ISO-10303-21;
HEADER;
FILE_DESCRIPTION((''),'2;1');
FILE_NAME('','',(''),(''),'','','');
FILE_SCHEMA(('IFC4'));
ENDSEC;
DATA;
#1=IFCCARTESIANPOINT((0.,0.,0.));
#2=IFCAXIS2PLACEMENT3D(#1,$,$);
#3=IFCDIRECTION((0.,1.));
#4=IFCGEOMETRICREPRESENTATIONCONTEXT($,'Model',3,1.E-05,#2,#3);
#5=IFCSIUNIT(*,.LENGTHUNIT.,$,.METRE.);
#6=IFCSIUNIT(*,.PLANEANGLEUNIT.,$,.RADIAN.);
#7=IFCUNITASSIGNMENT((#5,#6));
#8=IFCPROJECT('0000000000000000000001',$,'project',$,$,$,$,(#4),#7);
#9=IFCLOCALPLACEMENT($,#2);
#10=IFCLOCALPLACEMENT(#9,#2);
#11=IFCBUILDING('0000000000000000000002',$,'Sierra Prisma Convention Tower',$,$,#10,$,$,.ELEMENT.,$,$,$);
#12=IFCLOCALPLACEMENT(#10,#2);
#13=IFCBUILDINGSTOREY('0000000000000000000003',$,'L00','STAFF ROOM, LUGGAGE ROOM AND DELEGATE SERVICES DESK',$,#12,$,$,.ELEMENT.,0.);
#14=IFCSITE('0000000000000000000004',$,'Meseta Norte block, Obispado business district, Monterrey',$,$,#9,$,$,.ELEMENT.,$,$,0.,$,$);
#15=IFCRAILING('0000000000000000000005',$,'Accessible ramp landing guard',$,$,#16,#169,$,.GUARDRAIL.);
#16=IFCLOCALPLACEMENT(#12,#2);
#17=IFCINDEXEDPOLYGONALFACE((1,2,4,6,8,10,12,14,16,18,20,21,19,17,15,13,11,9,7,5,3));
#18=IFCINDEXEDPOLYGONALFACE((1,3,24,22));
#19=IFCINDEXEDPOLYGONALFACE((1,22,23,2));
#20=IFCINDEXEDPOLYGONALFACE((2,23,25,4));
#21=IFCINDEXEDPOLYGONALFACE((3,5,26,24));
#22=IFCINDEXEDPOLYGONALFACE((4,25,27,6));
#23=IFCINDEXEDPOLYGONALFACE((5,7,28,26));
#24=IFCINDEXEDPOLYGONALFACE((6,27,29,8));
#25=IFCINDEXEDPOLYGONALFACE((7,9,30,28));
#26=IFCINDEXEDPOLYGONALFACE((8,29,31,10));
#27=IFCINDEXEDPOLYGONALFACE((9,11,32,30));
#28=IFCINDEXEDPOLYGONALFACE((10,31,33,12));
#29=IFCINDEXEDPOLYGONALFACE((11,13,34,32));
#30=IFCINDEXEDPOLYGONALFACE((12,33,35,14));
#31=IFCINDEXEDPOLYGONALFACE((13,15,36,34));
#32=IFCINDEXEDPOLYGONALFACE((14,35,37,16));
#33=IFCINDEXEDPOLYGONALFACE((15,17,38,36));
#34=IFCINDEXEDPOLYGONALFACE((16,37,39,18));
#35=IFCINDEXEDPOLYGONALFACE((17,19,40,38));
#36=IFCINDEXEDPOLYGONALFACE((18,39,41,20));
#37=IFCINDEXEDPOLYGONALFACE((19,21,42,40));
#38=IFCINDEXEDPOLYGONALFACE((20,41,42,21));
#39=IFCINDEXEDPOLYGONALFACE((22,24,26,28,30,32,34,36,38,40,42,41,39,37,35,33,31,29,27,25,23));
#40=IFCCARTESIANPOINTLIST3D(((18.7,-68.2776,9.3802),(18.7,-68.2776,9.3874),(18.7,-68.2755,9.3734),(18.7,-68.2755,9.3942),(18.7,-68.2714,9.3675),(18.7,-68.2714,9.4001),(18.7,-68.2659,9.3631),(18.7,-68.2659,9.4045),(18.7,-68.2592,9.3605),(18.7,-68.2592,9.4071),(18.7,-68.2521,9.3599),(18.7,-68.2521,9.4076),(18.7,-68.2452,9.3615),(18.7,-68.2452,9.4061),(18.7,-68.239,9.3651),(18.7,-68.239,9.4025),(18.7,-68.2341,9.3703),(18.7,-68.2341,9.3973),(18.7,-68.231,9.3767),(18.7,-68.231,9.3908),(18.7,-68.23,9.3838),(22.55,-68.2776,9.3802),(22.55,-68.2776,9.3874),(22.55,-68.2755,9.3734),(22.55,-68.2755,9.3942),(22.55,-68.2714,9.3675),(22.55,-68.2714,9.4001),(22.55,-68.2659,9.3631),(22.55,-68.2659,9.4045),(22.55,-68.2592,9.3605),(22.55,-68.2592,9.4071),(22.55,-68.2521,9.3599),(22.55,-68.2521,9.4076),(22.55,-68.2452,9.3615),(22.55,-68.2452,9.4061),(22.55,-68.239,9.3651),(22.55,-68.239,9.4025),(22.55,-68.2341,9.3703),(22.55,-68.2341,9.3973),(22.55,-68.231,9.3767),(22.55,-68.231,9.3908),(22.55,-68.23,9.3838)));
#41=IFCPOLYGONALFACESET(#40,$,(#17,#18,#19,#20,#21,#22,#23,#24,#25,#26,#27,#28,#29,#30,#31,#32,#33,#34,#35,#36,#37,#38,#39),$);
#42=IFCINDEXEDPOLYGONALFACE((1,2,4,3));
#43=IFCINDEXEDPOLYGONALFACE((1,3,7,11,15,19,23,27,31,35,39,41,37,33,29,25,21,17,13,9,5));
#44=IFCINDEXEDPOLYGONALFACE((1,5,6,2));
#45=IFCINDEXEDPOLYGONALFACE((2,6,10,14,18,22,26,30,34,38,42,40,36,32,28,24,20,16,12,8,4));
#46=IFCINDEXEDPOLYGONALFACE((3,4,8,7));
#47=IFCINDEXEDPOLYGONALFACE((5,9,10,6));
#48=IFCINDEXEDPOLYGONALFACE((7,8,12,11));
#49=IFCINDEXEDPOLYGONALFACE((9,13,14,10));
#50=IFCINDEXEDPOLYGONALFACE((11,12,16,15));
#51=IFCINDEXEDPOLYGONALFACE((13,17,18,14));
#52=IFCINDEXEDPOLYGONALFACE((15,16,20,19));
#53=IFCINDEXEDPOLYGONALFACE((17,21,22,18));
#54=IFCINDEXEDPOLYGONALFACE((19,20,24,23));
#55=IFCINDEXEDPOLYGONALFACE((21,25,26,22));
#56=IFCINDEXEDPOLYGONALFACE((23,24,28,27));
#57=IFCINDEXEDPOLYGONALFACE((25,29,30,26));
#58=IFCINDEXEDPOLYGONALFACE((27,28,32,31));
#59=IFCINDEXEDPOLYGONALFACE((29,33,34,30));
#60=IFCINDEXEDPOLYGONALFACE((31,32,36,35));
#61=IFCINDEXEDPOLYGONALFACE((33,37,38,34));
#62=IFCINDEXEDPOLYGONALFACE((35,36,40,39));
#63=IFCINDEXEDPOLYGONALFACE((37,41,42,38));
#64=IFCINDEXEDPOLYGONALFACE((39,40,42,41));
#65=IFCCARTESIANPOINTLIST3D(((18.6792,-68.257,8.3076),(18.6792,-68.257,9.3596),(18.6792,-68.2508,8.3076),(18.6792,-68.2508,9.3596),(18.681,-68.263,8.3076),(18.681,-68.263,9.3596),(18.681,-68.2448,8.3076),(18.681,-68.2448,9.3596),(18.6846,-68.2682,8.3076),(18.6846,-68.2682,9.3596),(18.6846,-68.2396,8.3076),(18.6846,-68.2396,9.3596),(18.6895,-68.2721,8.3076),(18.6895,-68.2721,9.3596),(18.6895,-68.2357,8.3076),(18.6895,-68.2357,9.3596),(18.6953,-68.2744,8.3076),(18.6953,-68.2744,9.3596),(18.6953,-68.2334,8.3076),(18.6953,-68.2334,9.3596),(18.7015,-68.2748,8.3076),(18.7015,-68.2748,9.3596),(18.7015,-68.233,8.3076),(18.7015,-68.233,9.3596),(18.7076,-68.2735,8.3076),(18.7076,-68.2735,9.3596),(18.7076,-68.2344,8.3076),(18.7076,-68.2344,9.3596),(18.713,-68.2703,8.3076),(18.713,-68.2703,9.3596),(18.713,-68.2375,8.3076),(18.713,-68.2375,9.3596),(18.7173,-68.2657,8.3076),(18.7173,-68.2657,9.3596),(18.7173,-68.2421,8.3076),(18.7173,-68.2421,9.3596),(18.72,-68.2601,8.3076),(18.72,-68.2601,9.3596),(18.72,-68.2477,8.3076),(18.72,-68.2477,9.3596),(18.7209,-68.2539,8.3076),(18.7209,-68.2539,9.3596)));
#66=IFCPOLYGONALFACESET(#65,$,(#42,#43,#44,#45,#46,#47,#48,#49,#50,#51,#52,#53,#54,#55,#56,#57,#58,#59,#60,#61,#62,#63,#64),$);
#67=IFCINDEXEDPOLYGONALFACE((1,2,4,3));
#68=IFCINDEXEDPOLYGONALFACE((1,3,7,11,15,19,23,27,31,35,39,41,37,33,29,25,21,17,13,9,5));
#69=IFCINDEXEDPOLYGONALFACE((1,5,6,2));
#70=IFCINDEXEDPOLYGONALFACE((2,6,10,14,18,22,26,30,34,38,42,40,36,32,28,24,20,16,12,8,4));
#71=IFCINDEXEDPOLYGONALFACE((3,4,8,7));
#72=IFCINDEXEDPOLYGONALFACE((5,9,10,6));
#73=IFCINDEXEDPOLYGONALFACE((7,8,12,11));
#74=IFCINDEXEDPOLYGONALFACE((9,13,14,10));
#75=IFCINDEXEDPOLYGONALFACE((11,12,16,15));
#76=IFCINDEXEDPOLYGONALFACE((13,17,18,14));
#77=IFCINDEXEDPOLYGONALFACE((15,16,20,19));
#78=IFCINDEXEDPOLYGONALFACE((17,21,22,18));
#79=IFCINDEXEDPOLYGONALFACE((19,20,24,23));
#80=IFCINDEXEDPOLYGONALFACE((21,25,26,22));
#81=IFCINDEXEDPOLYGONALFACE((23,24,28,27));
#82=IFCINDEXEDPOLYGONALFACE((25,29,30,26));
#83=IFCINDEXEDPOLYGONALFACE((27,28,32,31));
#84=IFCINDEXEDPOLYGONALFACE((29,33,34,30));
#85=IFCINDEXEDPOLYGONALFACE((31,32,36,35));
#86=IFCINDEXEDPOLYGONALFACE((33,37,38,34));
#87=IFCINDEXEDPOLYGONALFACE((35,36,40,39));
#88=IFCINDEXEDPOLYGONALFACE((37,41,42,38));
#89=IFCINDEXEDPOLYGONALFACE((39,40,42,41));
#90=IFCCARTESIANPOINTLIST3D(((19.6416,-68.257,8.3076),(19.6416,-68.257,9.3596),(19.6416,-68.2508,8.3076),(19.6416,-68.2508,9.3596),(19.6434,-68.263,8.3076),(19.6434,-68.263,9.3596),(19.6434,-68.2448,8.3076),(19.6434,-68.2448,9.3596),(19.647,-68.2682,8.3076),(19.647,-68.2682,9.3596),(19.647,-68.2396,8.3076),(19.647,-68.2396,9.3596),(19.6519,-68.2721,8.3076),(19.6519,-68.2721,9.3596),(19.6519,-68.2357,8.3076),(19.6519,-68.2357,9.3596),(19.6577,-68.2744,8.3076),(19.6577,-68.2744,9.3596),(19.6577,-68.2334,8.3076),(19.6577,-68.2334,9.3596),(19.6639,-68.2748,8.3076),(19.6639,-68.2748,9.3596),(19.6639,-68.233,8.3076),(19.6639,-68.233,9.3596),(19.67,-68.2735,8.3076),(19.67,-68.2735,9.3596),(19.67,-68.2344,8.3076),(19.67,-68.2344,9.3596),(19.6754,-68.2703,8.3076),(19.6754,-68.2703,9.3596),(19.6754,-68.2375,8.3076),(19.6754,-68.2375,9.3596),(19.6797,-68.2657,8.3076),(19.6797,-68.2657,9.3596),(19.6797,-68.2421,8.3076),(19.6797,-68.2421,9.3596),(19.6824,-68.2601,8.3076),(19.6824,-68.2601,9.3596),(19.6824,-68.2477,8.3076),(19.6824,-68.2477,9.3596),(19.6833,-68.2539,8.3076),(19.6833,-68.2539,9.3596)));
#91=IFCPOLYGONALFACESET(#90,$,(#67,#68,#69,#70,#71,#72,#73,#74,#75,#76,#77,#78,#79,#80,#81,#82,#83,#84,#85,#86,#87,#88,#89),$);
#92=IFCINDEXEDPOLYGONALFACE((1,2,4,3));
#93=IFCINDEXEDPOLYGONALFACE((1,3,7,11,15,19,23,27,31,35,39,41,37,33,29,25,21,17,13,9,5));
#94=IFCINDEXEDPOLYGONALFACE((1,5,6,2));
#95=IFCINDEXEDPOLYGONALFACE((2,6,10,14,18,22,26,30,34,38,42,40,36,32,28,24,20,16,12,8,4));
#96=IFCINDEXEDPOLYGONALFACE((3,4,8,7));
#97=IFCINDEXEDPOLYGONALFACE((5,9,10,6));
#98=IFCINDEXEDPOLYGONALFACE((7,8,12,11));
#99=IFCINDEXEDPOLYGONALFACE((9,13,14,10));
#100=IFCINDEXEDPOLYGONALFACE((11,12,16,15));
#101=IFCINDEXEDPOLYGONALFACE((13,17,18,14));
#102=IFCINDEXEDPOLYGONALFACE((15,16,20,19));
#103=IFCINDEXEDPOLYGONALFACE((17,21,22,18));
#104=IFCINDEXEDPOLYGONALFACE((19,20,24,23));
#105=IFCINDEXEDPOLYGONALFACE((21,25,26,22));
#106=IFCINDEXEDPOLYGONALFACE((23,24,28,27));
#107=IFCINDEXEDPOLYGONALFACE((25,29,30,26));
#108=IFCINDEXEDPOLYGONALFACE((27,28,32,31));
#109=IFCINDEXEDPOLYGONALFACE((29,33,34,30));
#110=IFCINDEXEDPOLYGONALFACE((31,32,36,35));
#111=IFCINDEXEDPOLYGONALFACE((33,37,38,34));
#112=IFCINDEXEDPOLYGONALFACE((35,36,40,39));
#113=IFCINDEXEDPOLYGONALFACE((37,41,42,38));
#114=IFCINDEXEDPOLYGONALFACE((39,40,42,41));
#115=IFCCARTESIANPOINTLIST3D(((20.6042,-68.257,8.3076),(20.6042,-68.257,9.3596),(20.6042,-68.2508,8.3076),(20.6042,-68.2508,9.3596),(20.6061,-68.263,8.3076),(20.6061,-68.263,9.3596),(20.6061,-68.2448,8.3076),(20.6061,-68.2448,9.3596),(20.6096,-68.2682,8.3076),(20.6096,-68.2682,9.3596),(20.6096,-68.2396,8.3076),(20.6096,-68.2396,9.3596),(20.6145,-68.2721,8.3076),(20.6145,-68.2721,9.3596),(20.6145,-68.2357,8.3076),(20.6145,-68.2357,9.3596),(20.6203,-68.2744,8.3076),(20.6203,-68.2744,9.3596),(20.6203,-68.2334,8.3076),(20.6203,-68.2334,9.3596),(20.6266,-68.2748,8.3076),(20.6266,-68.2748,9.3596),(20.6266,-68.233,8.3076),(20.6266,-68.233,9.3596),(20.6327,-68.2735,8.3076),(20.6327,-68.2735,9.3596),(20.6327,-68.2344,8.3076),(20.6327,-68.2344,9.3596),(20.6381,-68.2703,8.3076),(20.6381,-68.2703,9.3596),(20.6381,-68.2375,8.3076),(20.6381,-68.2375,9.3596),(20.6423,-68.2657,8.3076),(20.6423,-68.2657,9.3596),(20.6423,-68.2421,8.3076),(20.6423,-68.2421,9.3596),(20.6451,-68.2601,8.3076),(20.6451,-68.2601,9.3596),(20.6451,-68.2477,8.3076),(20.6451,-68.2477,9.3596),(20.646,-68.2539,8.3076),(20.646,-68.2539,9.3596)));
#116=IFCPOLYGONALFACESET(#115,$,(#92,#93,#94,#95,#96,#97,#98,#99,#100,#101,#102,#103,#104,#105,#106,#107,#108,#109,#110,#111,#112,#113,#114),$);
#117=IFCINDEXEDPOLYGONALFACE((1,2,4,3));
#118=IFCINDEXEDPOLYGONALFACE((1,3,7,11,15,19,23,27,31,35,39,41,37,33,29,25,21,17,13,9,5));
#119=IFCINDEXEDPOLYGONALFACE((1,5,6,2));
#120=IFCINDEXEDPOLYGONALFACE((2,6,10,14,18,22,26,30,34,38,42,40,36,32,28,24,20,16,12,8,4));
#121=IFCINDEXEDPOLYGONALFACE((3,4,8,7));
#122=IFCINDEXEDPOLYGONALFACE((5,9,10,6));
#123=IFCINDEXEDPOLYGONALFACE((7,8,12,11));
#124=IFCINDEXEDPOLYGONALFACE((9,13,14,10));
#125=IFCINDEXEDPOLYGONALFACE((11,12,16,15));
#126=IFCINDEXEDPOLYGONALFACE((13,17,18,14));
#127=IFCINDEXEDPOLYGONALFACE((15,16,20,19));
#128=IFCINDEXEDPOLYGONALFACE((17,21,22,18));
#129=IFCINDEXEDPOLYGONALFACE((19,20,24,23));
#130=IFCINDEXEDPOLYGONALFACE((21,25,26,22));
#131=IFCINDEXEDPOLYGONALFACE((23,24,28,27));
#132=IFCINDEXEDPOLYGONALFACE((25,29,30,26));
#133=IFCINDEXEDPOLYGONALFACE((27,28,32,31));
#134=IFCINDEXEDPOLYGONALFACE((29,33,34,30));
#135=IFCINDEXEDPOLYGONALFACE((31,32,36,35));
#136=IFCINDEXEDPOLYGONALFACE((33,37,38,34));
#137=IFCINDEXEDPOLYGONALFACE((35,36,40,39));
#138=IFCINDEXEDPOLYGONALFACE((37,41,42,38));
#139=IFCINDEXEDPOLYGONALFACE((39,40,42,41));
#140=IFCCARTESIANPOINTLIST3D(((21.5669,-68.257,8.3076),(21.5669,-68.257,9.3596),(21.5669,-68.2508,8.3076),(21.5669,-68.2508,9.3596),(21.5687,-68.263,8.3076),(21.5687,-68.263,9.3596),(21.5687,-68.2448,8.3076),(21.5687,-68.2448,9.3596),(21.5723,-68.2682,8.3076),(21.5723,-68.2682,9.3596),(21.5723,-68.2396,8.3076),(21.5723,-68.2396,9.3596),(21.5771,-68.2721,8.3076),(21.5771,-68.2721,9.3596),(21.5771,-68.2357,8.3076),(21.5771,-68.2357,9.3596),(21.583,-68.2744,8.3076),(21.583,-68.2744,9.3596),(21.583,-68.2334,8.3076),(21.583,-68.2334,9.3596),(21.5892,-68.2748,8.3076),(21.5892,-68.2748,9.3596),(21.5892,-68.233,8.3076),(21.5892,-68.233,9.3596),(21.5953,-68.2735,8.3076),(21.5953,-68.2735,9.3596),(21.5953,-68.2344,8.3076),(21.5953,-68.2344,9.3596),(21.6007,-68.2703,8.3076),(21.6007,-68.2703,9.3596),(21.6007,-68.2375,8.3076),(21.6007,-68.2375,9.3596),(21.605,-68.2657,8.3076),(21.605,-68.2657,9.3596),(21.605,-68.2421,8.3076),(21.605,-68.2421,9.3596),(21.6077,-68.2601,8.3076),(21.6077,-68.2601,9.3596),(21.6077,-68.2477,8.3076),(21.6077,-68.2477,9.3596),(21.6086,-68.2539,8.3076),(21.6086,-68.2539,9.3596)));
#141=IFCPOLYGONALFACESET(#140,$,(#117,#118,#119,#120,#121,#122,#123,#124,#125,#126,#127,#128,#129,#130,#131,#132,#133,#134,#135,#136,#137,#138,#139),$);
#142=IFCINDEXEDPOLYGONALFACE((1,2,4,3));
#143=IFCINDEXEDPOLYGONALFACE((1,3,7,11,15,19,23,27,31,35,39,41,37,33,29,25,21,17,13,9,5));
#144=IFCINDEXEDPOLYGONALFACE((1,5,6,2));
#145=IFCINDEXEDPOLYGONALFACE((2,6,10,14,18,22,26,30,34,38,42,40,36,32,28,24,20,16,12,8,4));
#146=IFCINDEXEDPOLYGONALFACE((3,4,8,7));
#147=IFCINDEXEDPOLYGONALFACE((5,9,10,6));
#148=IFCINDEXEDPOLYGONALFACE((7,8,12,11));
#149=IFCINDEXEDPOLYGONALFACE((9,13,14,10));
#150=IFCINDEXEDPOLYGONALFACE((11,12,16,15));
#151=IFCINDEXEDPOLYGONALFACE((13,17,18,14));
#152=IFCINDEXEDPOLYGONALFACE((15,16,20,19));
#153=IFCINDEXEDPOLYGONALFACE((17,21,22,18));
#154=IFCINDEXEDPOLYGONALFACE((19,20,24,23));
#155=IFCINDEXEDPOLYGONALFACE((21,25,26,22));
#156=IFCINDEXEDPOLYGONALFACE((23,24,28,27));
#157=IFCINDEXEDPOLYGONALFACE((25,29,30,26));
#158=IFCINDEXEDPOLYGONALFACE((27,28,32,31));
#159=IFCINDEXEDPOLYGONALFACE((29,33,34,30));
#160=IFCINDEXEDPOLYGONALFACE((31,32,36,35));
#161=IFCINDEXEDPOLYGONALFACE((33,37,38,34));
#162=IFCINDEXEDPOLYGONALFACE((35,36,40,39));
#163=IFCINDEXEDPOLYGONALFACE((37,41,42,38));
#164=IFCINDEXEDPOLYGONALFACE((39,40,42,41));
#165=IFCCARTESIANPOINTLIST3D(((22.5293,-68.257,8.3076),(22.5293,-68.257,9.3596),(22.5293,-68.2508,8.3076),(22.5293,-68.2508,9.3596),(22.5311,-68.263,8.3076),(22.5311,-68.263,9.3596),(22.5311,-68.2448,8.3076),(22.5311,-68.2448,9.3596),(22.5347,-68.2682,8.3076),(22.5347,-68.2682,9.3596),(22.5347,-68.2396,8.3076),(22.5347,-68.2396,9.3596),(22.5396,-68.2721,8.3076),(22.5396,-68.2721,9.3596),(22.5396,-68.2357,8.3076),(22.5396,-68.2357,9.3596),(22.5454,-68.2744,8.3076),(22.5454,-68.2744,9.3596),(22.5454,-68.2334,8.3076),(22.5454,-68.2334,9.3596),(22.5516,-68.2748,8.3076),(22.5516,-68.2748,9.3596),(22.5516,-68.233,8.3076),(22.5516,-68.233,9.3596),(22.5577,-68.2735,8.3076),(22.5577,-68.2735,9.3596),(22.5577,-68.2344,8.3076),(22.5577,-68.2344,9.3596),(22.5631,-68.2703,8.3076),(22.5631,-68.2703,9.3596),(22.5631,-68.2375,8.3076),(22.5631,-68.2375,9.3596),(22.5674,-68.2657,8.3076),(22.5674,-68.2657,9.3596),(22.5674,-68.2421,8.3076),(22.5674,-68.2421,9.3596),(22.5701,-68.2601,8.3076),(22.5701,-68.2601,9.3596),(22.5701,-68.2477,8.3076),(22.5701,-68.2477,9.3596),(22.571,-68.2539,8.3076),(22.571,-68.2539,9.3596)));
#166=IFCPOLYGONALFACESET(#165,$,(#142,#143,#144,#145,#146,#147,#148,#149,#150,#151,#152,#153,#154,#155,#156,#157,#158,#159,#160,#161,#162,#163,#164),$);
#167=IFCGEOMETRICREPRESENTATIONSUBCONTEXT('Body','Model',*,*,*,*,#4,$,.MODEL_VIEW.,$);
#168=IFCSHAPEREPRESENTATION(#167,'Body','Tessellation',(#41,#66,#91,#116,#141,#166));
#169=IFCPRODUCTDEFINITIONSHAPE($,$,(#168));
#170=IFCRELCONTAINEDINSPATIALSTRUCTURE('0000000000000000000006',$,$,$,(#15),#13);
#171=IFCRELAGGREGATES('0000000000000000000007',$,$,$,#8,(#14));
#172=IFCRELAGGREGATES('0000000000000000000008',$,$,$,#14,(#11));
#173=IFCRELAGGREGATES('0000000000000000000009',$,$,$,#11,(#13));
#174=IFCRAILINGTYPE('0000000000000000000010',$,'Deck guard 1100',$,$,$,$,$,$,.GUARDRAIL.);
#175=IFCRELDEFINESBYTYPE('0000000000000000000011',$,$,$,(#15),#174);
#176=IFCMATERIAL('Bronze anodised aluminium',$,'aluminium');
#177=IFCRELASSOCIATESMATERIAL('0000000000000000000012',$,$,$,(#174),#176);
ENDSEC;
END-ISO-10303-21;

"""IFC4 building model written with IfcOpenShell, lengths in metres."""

from ifc_helpers import new_model, si_unit, direction, frame, origin, origin_2d, place, context, subcontext, project, spatial, circle, extrude, material, type_object, element, save


model = new_model("IFC4")

# Units and contexts
model_context = context("Model", 3, precision=1e-05, world=origin(), true_north=direction((0.0, 1.0)))
body_context = subcontext(model_context, "Body", "Model", "MODEL_VIEW")
ifc_project = project(units=[si_unit("LENGTHUNIT", "METRE"), si_unit("PLANEANGLEUNIT", "RADIAN")], contexts=[model_context])

# Site, building, storey
site_placement = place(None, origin())
site = spatial("IfcSite", under=ifc_project, at=site_placement, Name="Meseta Norte block, Obispado business district, Monterrey", CompositionType="ELEMENT", RefElevation=0.0)
building_placement = place(site_placement, origin())
building = spatial("IfcBuilding", under=site, at=building_placement, Name="Sierra Prisma Convention Tower", CompositionType="ELEMENT")
storey_placement = place(building_placement, origin())
storey = spatial("IfcBuildingStorey", under=building, at=storey_placement, Name="L00", Description="STAFF ROOM, LUGGAGE ROOM AND DELEGATE SERVICES DESK", CompositionType="ELEMENT", Elevation=0.0)

# Railing
ifc_material_1 = material(Name="Bronze anodised aluminium", Category="aluminium")
railing_type_1 = type_object("IfcRailingType", Name="Deck guard 1100", PredefinedType="GUARDRAIL", material=ifc_material_1)
railing_1_placement = place(storey_placement, frame((18.7, -68.2539, 8.3076)))
element("IfcRailing", 1, at=railing_1_placement, inside=storey, type_object=railing_type_1, Name="Accessible ramp landing guard", PredefinedType="GUARDRAIL", context=body_context, shape_type="SweptSolid", body=[
    extrude(circle(Radius=0.0239, at=origin_2d()), frame((0.0, 0.0, 1.0762), z_axis=(1.0, 0.0, 0.0), x_axis=(0.0, 1.0, 0.0)), (0.0, 0.0, 1.0), 3.8501),
    extrude(circle(Radius=0.021, at=origin_2d()), origin(), (0.0, 0.0, 1.0), 1.052),
    extrude(circle(Radius=0.021, at=origin_2d()), frame((0.9624, 0.0, 0.0)), (0.0, 0.0, 1.0), 1.052),
    extrude(circle(Radius=0.021, at=origin_2d()), frame((1.925, 0.0, 0.0)), (0.0, 0.0, 1.0), 1.052),
    extrude(circle(Radius=0.021, at=origin_2d()), frame((2.8877, 0.0, 0.0)), (0.0, 0.0, 1.0), 1.052),
    extrude(circle(Radius=0.021, at=origin_2d()), frame((3.8501, 0.0, 0.0)), (0.0, 0.0, 1.0), 1.052),
])

save(model, "model.ifc")
